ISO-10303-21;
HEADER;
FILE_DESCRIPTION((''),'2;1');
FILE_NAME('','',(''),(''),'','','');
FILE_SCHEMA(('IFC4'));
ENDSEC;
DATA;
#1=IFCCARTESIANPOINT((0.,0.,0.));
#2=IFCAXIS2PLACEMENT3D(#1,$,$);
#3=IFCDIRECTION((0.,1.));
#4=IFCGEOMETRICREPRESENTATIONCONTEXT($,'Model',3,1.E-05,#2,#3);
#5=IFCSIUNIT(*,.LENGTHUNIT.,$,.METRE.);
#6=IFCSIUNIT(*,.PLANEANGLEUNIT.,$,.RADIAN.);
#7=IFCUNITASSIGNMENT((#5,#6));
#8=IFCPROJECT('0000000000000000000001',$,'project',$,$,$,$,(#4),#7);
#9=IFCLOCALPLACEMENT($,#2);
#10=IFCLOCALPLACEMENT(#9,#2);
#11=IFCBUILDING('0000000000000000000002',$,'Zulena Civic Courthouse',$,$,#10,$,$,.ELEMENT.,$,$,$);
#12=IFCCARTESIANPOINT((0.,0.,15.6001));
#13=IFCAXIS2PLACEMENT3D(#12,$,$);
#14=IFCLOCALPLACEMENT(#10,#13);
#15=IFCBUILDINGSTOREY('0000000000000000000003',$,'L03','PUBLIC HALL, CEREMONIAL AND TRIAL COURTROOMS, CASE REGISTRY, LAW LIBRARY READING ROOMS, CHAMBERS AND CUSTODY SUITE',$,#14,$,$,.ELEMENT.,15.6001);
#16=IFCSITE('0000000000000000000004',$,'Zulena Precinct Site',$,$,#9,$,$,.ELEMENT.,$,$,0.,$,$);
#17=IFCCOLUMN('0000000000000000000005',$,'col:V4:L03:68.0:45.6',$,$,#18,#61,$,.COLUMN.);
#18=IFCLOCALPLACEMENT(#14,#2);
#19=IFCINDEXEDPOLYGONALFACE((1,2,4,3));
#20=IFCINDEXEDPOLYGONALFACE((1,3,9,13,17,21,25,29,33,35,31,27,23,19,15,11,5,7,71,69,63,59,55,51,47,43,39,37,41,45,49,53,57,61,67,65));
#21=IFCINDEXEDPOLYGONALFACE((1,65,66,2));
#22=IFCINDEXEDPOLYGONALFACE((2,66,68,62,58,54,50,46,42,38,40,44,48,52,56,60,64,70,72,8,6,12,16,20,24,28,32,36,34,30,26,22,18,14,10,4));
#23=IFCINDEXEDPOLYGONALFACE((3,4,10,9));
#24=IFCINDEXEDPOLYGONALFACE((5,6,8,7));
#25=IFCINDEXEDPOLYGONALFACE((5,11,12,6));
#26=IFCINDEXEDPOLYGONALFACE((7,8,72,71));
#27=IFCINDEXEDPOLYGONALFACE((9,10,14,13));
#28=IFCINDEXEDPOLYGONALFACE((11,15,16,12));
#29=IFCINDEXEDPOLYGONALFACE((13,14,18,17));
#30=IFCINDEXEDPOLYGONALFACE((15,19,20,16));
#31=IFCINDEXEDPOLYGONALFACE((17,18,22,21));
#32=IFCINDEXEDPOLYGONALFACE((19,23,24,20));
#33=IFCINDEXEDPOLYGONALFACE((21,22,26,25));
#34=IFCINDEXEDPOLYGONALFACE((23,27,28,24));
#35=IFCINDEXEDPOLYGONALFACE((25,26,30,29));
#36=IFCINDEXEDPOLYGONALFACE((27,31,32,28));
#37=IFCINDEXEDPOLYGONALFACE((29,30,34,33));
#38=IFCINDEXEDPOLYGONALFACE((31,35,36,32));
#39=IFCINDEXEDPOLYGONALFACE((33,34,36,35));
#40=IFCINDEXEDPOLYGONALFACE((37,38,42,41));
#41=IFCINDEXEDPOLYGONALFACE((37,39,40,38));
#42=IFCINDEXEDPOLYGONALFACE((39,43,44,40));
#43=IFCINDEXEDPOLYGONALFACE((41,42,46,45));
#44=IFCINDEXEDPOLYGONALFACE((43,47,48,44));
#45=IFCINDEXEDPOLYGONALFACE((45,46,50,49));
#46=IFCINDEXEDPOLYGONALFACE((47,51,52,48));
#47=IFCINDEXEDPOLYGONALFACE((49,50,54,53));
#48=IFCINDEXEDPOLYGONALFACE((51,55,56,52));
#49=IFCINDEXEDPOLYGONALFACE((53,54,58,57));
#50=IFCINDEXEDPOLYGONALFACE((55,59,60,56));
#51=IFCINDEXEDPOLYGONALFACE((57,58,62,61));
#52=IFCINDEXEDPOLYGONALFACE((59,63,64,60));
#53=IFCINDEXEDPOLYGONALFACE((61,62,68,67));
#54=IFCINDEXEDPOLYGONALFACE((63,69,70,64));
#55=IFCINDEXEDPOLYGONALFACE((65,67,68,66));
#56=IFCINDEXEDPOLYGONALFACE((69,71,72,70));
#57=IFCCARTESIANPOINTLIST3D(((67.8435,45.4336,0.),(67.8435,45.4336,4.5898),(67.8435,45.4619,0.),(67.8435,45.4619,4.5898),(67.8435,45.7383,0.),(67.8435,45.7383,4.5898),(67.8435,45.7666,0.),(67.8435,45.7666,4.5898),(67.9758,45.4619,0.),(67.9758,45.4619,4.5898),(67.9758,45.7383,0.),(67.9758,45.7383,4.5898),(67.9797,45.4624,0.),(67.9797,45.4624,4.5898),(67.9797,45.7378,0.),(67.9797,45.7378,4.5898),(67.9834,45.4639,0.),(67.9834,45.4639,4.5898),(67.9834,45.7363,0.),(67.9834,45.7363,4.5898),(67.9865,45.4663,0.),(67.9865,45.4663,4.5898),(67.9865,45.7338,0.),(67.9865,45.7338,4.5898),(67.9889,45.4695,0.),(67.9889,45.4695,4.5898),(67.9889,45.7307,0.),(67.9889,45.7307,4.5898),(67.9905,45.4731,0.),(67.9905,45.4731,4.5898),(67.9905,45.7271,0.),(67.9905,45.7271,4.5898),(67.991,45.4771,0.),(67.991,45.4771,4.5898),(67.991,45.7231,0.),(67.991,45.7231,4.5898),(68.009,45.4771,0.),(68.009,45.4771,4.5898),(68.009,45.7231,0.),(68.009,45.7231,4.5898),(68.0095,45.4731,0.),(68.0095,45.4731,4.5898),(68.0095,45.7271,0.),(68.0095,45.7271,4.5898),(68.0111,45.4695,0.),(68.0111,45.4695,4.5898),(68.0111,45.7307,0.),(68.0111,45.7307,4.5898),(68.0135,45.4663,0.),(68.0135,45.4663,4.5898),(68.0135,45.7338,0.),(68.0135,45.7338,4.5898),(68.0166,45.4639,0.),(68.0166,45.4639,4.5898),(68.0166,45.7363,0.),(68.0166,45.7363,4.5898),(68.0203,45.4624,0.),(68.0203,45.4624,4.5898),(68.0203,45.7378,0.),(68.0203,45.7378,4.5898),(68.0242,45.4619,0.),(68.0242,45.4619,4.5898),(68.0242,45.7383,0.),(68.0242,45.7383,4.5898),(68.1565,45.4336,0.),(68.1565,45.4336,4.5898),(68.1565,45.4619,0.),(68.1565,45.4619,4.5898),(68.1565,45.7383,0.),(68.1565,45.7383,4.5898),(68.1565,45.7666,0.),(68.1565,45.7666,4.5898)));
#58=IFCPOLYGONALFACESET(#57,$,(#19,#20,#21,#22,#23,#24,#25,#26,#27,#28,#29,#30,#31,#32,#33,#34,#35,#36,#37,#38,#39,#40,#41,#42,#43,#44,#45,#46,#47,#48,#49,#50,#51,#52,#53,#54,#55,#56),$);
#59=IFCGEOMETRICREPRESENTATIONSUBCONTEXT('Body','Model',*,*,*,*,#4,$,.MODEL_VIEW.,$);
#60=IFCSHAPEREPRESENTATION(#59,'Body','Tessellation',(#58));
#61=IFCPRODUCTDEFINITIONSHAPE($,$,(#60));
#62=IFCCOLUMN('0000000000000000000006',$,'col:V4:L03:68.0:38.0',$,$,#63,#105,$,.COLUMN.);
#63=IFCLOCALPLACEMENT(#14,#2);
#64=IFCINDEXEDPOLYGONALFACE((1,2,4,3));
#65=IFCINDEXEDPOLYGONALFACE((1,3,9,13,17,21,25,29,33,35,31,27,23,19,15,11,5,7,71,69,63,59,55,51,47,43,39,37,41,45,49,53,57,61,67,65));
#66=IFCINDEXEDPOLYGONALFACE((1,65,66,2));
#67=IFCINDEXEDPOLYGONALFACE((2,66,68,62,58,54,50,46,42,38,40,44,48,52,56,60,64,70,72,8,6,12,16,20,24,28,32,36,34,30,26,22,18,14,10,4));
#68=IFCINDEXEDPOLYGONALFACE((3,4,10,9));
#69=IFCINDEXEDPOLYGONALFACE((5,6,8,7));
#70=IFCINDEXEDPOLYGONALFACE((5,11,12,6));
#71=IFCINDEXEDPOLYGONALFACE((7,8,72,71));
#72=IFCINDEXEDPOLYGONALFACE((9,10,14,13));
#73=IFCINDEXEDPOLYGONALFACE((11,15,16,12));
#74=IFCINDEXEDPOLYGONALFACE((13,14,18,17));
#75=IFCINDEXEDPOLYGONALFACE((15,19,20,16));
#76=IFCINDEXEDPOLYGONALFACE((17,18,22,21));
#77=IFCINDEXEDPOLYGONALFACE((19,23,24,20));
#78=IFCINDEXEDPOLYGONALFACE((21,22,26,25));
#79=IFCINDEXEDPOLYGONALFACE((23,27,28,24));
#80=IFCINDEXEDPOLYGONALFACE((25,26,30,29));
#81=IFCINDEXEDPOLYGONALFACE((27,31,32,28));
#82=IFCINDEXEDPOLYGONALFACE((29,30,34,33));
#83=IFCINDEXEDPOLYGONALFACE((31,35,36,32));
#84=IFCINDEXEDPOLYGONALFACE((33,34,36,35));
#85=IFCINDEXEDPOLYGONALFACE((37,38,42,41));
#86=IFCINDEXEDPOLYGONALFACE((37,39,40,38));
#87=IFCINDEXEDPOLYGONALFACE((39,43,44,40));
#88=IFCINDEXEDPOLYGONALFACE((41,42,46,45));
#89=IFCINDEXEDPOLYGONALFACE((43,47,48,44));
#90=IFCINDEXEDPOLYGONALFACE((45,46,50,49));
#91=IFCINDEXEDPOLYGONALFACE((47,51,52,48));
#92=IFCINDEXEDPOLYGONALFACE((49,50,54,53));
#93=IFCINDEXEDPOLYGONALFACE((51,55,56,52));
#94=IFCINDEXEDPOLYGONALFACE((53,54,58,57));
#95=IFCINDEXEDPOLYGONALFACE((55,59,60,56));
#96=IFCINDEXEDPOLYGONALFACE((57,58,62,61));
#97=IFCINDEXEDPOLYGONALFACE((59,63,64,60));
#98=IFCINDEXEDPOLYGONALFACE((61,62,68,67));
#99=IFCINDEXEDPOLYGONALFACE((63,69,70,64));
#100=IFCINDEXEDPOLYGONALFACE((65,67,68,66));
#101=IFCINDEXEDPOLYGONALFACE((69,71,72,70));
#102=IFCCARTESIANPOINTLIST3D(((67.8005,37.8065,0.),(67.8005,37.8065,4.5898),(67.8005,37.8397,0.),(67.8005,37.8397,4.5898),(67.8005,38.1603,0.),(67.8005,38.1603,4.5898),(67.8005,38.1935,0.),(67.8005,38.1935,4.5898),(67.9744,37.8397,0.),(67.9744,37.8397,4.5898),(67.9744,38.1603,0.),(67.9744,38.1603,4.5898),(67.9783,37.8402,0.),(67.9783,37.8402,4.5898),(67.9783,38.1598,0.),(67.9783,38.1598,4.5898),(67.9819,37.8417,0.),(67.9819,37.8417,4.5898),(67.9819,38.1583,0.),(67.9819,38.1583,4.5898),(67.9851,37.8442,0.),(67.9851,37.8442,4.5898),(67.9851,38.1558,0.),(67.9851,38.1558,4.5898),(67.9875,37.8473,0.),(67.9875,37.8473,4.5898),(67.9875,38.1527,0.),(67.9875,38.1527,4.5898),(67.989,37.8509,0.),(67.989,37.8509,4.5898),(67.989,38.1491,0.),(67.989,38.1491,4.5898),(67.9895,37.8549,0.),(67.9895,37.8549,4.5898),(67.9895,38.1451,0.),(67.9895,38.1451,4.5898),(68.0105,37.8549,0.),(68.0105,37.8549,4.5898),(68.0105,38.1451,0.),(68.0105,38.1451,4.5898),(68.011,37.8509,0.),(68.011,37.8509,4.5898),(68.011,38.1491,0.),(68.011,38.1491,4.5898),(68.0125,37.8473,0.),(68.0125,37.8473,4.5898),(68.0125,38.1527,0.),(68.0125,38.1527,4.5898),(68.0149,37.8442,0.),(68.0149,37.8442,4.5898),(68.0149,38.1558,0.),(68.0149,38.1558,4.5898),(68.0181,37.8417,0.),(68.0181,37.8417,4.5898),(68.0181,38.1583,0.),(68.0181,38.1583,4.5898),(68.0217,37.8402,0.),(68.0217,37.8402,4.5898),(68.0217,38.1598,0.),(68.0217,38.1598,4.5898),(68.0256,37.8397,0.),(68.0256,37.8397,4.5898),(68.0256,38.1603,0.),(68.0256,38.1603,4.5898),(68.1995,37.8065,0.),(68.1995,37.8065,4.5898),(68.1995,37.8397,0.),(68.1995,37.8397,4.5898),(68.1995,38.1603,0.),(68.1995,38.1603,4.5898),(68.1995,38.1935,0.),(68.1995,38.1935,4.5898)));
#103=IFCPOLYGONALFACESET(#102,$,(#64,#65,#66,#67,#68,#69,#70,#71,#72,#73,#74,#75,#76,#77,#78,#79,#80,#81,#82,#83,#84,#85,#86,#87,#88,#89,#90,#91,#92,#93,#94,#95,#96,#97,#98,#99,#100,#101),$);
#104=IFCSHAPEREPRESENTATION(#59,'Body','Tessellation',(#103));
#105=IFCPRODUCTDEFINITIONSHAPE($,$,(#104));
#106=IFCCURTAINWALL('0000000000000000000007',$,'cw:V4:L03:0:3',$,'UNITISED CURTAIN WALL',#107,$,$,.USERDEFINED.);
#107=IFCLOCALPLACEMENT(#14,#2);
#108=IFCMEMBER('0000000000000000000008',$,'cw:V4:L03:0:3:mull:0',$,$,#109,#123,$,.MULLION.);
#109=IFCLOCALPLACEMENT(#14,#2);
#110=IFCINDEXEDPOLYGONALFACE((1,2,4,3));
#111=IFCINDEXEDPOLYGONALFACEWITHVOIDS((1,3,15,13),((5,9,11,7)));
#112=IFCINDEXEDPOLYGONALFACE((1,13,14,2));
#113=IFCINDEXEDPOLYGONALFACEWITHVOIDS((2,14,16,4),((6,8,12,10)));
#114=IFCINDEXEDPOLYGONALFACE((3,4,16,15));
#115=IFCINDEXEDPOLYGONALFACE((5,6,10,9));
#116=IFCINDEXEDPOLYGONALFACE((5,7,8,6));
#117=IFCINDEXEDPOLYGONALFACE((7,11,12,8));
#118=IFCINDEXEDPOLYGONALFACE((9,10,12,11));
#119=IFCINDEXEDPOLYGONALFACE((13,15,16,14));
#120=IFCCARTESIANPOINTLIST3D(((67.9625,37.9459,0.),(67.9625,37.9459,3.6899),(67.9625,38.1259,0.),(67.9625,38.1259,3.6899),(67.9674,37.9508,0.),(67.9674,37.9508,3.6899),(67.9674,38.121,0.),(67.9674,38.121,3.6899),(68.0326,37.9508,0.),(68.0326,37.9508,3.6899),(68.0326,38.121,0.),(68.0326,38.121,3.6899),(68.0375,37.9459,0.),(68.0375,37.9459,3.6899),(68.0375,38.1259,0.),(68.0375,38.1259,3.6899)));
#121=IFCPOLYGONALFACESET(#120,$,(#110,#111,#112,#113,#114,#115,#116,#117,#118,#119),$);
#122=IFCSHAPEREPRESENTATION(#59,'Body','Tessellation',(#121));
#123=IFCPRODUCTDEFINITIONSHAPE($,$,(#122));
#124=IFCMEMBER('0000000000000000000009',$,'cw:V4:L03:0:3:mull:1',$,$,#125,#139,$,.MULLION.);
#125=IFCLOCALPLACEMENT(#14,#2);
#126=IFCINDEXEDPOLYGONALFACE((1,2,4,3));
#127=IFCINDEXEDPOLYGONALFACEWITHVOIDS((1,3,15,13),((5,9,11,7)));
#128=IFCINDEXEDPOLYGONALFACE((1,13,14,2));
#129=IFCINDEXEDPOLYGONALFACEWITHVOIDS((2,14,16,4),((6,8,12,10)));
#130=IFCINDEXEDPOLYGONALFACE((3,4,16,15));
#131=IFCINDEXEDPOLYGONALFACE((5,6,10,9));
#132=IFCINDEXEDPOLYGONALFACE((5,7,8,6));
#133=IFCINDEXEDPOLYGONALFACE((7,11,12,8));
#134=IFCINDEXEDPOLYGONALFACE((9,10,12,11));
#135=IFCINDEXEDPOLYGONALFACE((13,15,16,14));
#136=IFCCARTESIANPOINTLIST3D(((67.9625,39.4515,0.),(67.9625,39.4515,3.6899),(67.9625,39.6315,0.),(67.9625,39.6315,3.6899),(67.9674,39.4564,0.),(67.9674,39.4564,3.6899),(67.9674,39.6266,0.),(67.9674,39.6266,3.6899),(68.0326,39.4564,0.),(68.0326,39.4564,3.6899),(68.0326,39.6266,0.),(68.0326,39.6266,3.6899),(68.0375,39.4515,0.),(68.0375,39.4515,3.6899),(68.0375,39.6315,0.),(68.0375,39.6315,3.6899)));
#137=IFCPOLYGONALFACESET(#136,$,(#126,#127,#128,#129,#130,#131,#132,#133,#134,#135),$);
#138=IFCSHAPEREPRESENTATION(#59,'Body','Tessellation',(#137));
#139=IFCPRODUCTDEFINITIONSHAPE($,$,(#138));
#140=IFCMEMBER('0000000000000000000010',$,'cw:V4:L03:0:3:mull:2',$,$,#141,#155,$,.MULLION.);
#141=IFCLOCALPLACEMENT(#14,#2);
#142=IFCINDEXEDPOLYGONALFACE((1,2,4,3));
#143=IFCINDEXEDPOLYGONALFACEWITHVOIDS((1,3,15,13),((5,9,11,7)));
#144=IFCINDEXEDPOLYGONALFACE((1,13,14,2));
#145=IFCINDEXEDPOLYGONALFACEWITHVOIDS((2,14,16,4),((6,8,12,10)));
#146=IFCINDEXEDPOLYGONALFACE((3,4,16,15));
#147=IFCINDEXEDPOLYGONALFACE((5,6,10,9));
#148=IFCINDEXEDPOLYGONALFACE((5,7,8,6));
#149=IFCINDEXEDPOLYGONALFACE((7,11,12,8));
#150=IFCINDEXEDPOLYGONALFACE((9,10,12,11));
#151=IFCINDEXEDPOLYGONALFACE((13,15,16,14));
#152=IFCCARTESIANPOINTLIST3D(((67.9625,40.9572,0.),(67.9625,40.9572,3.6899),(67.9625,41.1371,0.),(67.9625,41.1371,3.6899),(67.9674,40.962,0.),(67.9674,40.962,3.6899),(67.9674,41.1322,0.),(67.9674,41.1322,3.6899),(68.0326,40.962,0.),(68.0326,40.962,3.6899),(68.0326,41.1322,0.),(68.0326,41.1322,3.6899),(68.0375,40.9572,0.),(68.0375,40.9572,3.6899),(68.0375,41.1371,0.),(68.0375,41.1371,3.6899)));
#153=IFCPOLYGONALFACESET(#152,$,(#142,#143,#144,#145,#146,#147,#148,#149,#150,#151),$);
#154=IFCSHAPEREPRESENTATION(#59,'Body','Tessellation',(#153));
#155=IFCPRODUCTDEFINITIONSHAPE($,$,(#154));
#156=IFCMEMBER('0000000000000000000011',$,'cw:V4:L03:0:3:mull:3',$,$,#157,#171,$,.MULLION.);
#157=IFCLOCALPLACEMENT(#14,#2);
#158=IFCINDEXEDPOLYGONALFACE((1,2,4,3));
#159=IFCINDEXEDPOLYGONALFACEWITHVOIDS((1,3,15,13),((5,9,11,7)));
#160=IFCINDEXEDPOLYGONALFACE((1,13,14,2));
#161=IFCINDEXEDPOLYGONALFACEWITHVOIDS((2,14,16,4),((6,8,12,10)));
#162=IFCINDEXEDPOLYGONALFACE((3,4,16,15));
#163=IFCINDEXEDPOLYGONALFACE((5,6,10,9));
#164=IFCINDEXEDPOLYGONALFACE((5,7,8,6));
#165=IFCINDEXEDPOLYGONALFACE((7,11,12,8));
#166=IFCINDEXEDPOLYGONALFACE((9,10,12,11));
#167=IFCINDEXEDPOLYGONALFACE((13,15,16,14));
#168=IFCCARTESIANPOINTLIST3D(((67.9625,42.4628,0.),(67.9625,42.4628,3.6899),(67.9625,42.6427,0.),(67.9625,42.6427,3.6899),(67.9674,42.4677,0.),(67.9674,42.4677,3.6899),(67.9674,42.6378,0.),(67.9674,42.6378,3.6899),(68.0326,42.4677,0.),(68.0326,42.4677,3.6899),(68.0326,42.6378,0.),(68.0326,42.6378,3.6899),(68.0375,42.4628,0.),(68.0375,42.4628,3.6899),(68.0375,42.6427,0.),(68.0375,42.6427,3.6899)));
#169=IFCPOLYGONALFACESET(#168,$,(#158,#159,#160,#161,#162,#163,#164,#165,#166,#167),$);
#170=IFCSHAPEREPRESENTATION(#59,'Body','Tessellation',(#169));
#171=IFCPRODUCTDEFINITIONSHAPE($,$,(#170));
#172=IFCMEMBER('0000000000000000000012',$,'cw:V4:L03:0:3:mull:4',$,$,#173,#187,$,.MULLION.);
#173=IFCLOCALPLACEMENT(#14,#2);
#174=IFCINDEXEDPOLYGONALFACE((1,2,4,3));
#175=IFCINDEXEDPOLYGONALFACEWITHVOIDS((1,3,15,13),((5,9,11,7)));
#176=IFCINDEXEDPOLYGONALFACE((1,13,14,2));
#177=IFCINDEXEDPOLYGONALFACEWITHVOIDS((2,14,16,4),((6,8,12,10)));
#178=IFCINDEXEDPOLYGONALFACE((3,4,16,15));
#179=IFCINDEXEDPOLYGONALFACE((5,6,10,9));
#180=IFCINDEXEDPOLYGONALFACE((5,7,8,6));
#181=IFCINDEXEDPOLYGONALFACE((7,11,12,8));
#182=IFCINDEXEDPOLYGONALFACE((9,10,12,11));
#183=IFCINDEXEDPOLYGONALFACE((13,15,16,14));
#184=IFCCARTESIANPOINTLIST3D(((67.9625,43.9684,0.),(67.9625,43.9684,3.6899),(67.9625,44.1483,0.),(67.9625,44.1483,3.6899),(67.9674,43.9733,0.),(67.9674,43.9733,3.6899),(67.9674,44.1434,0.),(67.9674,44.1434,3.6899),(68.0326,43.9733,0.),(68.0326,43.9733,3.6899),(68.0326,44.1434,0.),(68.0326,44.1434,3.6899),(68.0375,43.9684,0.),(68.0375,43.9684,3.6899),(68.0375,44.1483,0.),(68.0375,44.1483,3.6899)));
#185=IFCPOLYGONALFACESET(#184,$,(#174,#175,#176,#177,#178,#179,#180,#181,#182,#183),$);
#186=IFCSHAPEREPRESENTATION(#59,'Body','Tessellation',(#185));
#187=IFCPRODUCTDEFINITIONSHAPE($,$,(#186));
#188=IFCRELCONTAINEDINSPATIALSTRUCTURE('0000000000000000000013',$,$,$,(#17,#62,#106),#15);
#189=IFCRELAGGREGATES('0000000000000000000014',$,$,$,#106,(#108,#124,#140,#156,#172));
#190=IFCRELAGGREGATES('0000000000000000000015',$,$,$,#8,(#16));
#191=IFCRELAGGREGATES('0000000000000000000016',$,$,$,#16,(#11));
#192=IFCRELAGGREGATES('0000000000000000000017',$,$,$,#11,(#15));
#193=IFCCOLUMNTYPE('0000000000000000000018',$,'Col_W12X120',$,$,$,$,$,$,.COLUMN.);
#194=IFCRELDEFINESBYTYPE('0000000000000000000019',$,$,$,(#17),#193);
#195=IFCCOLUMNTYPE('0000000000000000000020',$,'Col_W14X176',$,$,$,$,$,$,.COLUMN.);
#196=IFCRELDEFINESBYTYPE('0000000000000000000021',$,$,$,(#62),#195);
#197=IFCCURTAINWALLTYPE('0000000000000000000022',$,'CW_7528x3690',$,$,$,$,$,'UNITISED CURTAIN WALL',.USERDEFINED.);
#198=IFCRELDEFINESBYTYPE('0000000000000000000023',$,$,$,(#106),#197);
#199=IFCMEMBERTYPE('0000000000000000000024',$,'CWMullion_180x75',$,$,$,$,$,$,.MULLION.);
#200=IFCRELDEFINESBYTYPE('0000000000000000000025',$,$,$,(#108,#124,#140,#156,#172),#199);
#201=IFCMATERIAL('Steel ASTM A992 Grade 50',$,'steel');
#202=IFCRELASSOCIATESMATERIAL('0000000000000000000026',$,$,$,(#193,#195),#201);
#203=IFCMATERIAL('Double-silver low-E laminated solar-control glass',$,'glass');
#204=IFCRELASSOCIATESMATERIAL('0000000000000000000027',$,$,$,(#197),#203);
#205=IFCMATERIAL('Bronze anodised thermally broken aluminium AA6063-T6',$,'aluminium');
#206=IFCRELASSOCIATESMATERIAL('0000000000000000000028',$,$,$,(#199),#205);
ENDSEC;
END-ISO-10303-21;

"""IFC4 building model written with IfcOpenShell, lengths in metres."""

from ifc_helpers import new_model, si_unit, direction, frame, origin, origin_2d, place, context, subcontext, project, spatial, hollow_rectangle, i_section, extrude, material, material_profile, profile_set, type_object, element, aggregate, save


model = new_model("IFC4")

# Units and contexts
model_context = context("Model", 3, precision=1e-05, world=origin(), true_north=direction((0.0, 1.0)))
body_context = subcontext(model_context, "Body", "Model", "MODEL_VIEW")
ifc_project = project(units=[si_unit("LENGTHUNIT", "METRE"), si_unit("PLANEANGLEUNIT", "RADIAN")], contexts=[model_context])

# Site, building, storey
site_placement = place(None, origin())
site = spatial("IfcSite", under=ifc_project, at=site_placement, Name="Zulena Precinct Site", CompositionType="ELEMENT", RefElevation=0.0)
building_placement = place(site_placement, origin())
building = spatial("IfcBuilding", under=site, at=building_placement, Name="Zulena Civic Courthouse", CompositionType="ELEMENT")
storey_placement = place(building_placement, frame((0.0, 0.0, 15.6001)))
storey = spatial("IfcBuildingStorey", under=building, at=storey_placement, Name="L03", Description="PUBLIC HALL, CEREMONIAL AND TRIAL COURTROOMS, CASE REGISTRY, LAW LIBRARY READING ROOMS, CHAMBERS AND CUSTODY SUITE", CompositionType="ELEMENT", Elevation=15.6001)

# Columns
ifc_material_1 = material(Name="Steel ASTM A992 Grade 50", Category="steel")
ifc_material_profile_1 = material_profile(ifc_material_1, i_section(OverallWidth=0.313, OverallDepth=0.333, WebThickness=0.0181, FlangeThickness=0.0283, FilletRadius=0.0151, at=origin_2d()), Name="W12X120")
ifc_profile_set_1 = profile_set([ifc_material_profile_1], Name="Steel ASTM A992 Grade 50")
column_type_1 = type_object("IfcColumnType", Name="Col_W12X120", PredefinedType="COLUMN", material=ifc_profile_set_1)
column_1_placement = place(storey_placement, frame((68.0, 45.6001, 0.0), z_axis=(0.0, 0.0, 1.0), x_axis=(1.0, 0.0, 0.0)))
element("IfcColumn", 1, at=column_1_placement, inside=storey, type_object=column_type_1, Name="col:V4:L03:68.0:45.6", PredefinedType="COLUMN", context=body_context, shape_type="SweptSolid", body=[
    extrude(i_section(OverallWidth=0.313, OverallDepth=0.333, WebThickness=0.0181, FlangeThickness=0.0283, FilletRadius=0.0151, at=origin_2d()), origin(), (0.0, 0.0, 1.0), 4.5898),
])
ifc_material_profile_2 = material_profile(ifc_material_1, i_section(OverallWidth=0.3989, OverallDepth=0.387, WebThickness=0.021, FlangeThickness=0.0332, FilletRadius=0.0151, at=origin_2d()), Name="W14X176")
ifc_profile_set_2 = profile_set([ifc_material_profile_2], Name="Steel ASTM A992 Grade 50")
column_type_2 = type_object("IfcColumnType", Name="Col_W14X176", PredefinedType="COLUMN", material=ifc_profile_set_2)
column_2_placement = place(storey_placement, frame((68.0, 38.0, 0.0), z_axis=(0.0, 0.0, 1.0), x_axis=(1.0, 0.0, 0.0)))
element("IfcColumn", 2, at=column_2_placement, inside=storey, type_object=column_type_2, Name="col:V4:L03:68.0:38.0", PredefinedType="COLUMN", context=body_context, shape_type="SweptSolid", body=[
    extrude(i_section(OverallWidth=0.3989, OverallDepth=0.387, WebThickness=0.021, FlangeThickness=0.0332, FilletRadius=0.0151, at=origin_2d()), origin(), (0.0, 0.0, 1.0), 4.5898),
])

# Curtain wall, members
ifc_material_2 = material(Name="Double-silver low-E laminated solar-control glass", Category="glass")
curtain_wall_type_1 = type_object("IfcCurtainWallType", Name="CW_7528x3690", ElementType="UNITISED CURTAIN WALL", PredefinedType="USERDEFINED", material=ifc_material_2)
curtain_wall_1_placement = place(storey_placement, origin())
curtain_wall_1 = element("IfcCurtainWall", 3, at=curtain_wall_1_placement, inside=storey, type_object=curtain_wall_type_1, Name="cw:V4:L03:0:3", ObjectType="UNITISED CURTAIN WALL", PredefinedType="USERDEFINED")
ifc_material_3 = material(Name="Bronze anodised thermally broken aluminium AA6063-T6", Category="aluminium")
ifc_material_profile_3 = material_profile(ifc_material_3, hollow_rectangle(XDim=0.075, YDim=0.1799, WallThickness=0.0049, at=origin_2d()), Name="CWM180X75X5")
ifc_profile_set_3 = profile_set([ifc_material_profile_3], Name="Bronze anodised thermally broken aluminium AA6063-T6")
member_type_1 = type_object("IfcMemberType", Name="CWMullion_180x75", PredefinedType="MULLION", material=ifc_profile_set_3)
member_1_placement = place(storey_placement, frame((68.0, 38.0359, 0.0), z_axis=(0.0, 0.0, 1.0), x_axis=(1.0, 0.0, 0.0)))
member_1 = element("IfcMember", 4, at=member_1_placement, type_object=member_type_1, Name="cw:V4:L03:0:3:mull:0", PredefinedType="MULLION", context=body_context, shape_type="SweptSolid", body=[
    extrude(hollow_rectangle(XDim=0.075, YDim=0.1799, WallThickness=0.0049, at=origin_2d()), origin(), (0.0, 0.0, 1.0), 3.6899),
])
member_2_placement = place(storey_placement, frame((68.0, 39.5415, 0.0), z_axis=(0.0, 0.0, 1.0), x_axis=(1.0, 0.0, 0.0)))
member_2 = element("IfcMember", 5, at=member_2_placement, type_object=member_type_1, Name="cw:V4:L03:0:3:mull:1", PredefinedType="MULLION", context=body_context, shape_type="SweptSolid", body=[
    extrude(hollow_rectangle(XDim=0.075, YDim=0.1799, WallThickness=0.0049, at=origin_2d()), origin(), (0.0, 0.0, 1.0), 3.6899),
])
member_3_placement = place(storey_placement, frame((68.0, 41.0471, 0.0), z_axis=(0.0, 0.0, 1.0), x_axis=(1.0, 0.0, 0.0)))
member_3 = element("IfcMember", 6, at=member_3_placement, type_object=member_type_1, Name="cw:V4:L03:0:3:mull:2", PredefinedType="MULLION", context=body_context, shape_type="SweptSolid", body=[
    extrude(hollow_rectangle(XDim=0.075, YDim=0.1799, WallThickness=0.0049, at=origin_2d()), origin(), (0.0, 0.0, 1.0), 3.6899),
])
member_4_placement = place(storey_placement, frame((68.0, 42.5527, 0.0), z_axis=(0.0, 0.0, 1.0), x_axis=(1.0, 0.0, 0.0)))
member_4 = element("IfcMember", 7, at=member_4_placement, type_object=member_type_1, Name="cw:V4:L03:0:3:mull:3", PredefinedType="MULLION", context=body_context, shape_type="SweptSolid", body=[
    extrude(hollow_rectangle(XDim=0.075, YDim=0.1799, WallThickness=0.0049, at=origin_2d()), origin(), (0.0, 0.0, 1.0), 3.6899),
])
member_5_placement = place(storey_placement, frame((68.0, 44.0583, 0.0), z_axis=(0.0, 0.0, 1.0), x_axis=(1.0, 0.0, 0.0)))
member_5 = element("IfcMember", 8, at=member_5_placement, type_object=member_type_1, Name="cw:V4:L03:0:3:mull:4", PredefinedType="MULLION", context=body_context, shape_type="SweptSolid", body=[
    extrude(hollow_rectangle(XDim=0.075, YDim=0.1799, WallThickness=0.0049, at=origin_2d()), origin(), (0.0, 0.0, 1.0), 3.6899),
])

aggregate(curtain_wall_1, [member_1, member_2, member_3, member_4, member_5])

save(model, "model.ifc")
